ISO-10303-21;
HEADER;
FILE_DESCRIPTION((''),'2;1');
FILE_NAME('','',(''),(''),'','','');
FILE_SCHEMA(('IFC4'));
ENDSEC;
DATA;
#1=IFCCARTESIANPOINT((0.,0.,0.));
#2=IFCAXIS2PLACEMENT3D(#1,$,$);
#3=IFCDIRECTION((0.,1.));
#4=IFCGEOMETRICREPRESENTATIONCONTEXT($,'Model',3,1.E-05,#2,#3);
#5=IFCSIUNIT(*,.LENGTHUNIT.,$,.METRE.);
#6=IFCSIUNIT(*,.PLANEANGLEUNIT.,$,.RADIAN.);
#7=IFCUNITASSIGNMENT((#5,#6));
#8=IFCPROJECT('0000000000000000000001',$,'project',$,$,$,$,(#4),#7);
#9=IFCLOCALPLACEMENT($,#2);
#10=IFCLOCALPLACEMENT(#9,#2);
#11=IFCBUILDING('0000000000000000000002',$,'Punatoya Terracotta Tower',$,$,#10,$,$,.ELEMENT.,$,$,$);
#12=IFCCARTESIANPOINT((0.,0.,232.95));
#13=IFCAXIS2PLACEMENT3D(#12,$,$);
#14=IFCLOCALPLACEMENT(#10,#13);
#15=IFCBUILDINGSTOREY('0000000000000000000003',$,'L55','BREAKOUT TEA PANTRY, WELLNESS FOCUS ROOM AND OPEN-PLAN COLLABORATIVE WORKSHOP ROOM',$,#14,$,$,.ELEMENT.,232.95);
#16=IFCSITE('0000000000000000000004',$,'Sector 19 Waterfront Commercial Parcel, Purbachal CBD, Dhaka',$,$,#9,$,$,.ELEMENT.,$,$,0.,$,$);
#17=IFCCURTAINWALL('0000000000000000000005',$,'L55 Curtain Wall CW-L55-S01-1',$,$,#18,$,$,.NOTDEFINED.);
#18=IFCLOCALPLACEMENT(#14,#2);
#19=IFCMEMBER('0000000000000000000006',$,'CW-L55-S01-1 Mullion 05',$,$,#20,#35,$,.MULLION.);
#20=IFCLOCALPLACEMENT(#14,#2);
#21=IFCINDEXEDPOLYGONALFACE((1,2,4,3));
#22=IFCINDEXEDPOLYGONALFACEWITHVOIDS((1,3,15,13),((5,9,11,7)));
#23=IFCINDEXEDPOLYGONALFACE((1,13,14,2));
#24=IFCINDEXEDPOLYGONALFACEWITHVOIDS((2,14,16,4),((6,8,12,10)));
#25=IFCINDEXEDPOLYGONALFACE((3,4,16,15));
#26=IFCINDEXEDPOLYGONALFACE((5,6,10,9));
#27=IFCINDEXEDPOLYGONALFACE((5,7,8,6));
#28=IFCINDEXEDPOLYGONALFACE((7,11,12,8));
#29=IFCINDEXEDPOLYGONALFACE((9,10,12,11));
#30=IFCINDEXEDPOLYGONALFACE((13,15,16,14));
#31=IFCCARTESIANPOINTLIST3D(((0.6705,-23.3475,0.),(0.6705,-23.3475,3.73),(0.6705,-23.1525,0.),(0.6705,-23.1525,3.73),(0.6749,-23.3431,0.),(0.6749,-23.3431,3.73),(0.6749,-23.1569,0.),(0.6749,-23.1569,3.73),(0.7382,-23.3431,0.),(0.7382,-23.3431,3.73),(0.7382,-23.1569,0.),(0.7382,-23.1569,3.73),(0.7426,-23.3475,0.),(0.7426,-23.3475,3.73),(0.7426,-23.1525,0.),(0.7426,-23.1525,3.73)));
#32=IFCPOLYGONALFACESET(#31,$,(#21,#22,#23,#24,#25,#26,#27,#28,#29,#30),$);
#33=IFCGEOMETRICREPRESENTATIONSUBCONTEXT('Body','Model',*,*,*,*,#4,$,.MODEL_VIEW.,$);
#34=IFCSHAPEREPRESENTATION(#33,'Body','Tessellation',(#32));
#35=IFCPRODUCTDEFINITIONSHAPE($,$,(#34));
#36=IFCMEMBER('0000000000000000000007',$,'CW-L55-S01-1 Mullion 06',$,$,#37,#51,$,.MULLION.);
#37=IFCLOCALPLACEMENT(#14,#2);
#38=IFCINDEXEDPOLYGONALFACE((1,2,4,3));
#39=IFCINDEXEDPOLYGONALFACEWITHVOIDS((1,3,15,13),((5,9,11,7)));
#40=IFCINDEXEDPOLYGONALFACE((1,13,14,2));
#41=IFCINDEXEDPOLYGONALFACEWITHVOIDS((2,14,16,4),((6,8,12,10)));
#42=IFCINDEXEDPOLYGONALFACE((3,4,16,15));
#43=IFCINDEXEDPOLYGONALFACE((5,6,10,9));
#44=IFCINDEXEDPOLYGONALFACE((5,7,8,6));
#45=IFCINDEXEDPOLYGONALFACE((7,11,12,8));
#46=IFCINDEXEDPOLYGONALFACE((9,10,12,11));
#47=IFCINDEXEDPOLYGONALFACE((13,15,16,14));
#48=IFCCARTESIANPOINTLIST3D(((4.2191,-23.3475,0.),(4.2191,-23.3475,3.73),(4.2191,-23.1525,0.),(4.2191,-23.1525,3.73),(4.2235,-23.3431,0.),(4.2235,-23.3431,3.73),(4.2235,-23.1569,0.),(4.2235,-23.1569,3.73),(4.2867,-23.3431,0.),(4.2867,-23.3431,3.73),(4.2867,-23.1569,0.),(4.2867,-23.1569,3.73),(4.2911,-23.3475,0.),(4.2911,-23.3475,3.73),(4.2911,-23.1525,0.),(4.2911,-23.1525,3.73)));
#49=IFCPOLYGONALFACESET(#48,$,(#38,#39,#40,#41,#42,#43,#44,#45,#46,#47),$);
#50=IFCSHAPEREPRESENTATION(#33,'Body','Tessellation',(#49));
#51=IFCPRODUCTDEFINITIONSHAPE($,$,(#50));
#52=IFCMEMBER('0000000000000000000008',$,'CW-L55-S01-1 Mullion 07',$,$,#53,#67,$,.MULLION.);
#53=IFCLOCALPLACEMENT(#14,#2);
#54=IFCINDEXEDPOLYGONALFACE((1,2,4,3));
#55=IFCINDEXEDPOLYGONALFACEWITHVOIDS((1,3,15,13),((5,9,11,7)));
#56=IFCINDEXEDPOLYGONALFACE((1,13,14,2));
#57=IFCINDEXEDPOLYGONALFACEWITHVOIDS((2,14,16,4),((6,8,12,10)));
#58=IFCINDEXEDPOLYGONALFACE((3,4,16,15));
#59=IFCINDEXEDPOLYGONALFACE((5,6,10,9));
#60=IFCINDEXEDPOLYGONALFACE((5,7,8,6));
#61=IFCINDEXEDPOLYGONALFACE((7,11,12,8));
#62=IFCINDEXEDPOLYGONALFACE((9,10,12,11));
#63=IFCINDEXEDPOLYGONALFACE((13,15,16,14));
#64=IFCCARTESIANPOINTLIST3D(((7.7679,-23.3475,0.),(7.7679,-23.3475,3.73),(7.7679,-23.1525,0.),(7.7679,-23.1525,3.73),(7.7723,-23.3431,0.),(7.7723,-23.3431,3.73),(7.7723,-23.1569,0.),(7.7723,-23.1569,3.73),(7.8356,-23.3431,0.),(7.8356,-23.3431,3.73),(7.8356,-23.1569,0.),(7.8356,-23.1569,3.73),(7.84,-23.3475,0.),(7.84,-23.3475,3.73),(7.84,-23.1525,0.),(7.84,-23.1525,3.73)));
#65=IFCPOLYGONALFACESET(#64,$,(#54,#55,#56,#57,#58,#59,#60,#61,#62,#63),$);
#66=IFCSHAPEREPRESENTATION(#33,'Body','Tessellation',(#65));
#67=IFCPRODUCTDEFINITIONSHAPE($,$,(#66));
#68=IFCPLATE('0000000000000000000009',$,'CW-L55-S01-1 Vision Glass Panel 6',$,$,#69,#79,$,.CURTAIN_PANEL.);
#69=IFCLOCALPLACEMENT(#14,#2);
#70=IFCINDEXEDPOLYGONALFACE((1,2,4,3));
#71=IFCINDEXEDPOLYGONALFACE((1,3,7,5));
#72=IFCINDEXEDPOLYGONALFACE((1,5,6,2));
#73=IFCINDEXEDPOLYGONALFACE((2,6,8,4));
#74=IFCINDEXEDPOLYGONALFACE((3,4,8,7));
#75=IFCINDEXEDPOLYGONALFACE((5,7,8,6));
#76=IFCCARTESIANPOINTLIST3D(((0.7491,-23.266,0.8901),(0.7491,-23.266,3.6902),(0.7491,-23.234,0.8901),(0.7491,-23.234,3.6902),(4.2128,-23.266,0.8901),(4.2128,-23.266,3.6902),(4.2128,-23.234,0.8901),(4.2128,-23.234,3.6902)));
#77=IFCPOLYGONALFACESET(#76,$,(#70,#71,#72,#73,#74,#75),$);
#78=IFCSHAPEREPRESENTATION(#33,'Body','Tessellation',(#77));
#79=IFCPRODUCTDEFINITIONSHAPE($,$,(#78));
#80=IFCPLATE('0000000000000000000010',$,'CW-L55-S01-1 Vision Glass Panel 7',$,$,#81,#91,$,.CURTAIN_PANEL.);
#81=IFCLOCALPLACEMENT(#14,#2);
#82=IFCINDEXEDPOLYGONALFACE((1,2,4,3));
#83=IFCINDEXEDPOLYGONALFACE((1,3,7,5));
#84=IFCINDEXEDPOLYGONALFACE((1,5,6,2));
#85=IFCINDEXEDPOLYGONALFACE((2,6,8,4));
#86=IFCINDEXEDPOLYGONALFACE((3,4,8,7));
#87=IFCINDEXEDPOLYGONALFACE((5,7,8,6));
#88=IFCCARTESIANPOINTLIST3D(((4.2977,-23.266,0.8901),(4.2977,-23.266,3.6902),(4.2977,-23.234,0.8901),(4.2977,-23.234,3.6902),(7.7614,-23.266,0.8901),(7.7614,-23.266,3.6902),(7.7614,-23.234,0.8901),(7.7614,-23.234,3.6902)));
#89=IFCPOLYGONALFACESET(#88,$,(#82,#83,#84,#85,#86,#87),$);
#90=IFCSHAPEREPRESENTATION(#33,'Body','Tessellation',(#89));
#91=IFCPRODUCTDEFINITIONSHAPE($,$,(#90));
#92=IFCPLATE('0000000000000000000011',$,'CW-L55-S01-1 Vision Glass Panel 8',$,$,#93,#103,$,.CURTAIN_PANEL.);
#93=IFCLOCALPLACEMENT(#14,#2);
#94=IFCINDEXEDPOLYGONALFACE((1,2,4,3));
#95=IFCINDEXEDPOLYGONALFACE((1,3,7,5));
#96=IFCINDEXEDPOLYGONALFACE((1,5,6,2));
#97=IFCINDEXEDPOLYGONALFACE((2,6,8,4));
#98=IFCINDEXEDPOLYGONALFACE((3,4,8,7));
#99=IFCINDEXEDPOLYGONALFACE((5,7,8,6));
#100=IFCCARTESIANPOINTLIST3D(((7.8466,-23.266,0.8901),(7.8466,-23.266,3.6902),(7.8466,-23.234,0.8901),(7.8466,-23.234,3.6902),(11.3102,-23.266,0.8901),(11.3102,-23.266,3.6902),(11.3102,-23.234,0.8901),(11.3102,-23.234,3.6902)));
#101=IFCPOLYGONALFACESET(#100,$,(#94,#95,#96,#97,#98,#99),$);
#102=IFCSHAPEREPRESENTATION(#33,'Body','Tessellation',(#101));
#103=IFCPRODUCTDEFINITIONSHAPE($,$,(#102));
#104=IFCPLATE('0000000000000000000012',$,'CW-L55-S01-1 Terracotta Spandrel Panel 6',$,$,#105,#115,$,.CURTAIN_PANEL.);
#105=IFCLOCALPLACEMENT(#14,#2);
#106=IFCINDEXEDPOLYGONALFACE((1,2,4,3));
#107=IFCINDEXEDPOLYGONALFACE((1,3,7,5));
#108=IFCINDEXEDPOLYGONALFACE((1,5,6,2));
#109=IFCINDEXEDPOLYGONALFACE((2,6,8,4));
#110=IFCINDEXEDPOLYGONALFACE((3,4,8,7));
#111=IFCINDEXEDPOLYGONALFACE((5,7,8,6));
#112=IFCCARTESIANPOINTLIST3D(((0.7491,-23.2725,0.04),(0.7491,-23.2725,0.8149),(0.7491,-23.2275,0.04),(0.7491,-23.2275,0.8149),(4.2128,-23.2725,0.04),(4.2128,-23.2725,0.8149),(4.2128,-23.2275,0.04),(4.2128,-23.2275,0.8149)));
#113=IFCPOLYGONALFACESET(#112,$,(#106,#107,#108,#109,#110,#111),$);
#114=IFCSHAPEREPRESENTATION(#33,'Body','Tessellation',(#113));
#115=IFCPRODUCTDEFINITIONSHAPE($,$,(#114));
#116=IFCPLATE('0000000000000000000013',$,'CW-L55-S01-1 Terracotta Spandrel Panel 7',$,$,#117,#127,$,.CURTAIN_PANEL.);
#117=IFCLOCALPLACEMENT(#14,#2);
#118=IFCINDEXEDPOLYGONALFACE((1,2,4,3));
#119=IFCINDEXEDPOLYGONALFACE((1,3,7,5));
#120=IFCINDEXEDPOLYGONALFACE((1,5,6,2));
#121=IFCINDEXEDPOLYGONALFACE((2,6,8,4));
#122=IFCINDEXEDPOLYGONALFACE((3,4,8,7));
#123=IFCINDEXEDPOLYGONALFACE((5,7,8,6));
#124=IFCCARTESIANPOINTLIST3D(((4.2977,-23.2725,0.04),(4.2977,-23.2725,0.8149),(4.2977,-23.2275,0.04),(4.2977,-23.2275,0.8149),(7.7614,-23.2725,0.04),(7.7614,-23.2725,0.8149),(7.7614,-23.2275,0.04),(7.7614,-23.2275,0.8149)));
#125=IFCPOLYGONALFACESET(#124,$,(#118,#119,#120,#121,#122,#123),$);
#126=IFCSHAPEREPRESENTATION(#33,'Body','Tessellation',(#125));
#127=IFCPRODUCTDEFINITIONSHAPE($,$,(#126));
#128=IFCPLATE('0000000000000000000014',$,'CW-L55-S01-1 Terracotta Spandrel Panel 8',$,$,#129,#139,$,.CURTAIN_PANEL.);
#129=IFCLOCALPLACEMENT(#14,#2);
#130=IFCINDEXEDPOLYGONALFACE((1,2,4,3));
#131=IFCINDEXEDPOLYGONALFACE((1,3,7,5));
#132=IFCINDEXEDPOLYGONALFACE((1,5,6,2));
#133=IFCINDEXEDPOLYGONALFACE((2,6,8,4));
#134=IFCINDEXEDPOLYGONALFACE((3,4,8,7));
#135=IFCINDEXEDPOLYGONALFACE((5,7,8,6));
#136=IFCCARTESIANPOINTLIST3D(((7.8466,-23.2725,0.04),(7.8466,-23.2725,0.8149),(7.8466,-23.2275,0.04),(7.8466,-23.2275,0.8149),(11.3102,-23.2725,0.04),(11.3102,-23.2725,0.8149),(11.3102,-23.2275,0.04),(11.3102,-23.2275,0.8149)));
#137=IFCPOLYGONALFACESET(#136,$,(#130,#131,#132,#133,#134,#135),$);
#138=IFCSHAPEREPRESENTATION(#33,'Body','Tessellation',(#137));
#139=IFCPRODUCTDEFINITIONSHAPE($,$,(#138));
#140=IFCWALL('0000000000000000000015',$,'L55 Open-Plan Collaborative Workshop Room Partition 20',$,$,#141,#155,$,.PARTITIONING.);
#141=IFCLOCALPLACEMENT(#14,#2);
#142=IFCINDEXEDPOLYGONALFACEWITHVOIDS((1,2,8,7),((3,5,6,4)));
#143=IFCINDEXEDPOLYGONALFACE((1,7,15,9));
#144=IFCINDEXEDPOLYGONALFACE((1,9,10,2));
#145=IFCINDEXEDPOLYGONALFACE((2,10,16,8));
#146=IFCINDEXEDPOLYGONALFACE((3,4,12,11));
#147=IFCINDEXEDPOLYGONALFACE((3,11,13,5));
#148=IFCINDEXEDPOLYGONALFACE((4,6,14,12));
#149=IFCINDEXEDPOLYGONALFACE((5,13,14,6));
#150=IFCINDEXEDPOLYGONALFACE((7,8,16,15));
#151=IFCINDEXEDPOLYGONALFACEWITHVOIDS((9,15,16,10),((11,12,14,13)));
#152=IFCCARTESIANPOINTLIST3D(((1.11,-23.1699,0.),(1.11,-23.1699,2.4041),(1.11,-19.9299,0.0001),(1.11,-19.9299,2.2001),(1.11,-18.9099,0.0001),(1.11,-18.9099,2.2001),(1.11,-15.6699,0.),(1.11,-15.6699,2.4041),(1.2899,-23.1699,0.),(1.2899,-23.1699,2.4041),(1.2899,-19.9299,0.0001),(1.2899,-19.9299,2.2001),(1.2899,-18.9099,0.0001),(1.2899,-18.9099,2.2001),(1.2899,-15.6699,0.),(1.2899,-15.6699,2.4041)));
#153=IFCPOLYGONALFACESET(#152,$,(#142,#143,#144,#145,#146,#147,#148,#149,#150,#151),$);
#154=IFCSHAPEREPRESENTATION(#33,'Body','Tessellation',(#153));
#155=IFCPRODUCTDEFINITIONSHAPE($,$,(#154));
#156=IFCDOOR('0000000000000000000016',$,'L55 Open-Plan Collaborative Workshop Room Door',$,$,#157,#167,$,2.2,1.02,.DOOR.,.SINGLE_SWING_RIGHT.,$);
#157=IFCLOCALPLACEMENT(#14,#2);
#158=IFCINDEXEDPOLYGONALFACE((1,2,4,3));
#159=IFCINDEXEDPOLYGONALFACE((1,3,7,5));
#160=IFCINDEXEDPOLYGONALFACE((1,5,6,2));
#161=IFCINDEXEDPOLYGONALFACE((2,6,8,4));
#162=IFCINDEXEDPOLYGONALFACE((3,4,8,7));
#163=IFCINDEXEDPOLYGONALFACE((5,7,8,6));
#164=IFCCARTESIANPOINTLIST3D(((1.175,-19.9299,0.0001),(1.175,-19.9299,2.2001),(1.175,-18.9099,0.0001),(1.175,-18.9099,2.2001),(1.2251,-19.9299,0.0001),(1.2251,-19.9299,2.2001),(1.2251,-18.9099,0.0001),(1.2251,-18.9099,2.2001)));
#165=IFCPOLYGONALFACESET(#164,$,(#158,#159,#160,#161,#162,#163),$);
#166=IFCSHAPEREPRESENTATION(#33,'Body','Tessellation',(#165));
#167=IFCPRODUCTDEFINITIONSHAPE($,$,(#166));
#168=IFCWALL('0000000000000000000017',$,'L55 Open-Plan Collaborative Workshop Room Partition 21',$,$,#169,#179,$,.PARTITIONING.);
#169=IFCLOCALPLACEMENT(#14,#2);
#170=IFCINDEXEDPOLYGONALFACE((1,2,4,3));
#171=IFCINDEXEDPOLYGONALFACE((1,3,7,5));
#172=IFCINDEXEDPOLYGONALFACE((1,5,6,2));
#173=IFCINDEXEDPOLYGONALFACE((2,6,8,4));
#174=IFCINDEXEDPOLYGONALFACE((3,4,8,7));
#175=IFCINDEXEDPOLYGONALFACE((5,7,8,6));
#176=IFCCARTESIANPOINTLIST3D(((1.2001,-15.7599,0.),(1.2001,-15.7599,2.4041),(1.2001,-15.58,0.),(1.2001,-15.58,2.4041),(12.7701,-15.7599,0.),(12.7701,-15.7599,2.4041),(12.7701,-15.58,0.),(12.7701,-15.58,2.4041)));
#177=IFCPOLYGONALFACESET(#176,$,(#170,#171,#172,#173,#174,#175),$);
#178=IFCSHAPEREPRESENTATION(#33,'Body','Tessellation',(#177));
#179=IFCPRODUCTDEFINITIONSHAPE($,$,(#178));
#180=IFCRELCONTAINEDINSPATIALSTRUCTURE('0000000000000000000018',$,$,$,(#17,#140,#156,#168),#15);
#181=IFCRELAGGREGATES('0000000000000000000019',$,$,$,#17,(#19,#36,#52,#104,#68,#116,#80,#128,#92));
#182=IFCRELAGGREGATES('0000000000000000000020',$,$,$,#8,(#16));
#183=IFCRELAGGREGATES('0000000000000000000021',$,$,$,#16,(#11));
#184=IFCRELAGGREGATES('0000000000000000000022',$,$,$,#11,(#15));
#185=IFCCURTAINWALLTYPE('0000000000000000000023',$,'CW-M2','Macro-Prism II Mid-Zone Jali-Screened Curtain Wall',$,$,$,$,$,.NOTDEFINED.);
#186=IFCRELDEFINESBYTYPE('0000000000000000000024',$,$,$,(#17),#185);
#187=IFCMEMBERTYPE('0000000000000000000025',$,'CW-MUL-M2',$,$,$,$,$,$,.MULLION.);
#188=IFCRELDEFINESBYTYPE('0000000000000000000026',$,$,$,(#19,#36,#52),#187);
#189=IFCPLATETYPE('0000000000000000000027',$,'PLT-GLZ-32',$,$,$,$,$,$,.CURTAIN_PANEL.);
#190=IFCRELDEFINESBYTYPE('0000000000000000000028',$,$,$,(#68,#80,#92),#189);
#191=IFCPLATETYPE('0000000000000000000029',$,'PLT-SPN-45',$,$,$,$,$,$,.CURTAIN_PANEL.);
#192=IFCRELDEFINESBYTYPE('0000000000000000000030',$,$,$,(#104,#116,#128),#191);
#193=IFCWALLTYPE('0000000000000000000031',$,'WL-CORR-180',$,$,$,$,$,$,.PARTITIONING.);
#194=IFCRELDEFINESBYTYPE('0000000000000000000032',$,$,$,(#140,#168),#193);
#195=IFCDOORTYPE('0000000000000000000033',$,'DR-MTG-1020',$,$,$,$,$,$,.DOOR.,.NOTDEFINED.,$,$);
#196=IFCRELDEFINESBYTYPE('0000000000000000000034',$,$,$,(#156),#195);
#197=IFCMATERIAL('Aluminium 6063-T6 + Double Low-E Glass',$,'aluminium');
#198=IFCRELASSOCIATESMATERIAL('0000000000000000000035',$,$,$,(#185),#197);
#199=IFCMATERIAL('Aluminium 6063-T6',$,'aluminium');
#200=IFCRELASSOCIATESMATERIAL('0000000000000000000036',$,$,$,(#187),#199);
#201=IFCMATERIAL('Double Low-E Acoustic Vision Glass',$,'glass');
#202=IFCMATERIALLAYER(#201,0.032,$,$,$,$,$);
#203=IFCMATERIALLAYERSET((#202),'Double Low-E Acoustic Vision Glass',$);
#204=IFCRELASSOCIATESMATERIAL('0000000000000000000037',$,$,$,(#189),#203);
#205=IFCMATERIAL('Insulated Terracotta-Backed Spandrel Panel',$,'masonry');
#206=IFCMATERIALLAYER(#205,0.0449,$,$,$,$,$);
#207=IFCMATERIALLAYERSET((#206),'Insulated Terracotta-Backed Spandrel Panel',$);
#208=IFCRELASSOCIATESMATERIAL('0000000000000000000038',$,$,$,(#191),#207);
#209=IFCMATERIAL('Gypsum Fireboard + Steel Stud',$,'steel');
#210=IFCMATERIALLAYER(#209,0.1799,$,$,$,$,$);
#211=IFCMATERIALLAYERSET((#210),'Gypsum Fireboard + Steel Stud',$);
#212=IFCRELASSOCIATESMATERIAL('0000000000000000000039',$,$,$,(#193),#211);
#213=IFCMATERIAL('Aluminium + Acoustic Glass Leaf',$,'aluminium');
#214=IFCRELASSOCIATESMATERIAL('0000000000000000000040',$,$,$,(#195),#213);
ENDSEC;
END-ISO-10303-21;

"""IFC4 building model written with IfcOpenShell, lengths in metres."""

from ifc_helpers import new_model, si_unit, direction, frame, frame_2d, origin, origin_2d, place, context, subcontext, project, spatial, rectangle, hollow_rectangle, extrude, material, layer, layer_set, material_profile, profile_set, type_object, element, fill, aggregate, save


model = new_model("IFC4")

# Units and contexts
model_context = context("Model", 3, precision=1e-05, world=origin(), true_north=direction((0.0, 1.0)))
body_context = subcontext(model_context, "Body", "Model", "MODEL_VIEW")
ifc_project = project(units=[si_unit("LENGTHUNIT", "METRE"), si_unit("PLANEANGLEUNIT", "RADIAN")], contexts=[model_context])

# Site, building, storey
site_placement = place(None, origin())
site = spatial("IfcSite", under=ifc_project, at=site_placement, Name="Sector 19 Waterfront Commercial Parcel, Purbachal CBD, Dhaka", CompositionType="ELEMENT", RefElevation=0.0)
building_placement = place(site_placement, origin())
building = spatial("IfcBuilding", under=site, at=building_placement, Name="Punatoya Terracotta Tower", CompositionType="ELEMENT")
storey_placement = place(building_placement, frame((0.0, 0.0, 232.95)))
storey = spatial("IfcBuildingStorey", under=building, at=storey_placement, Name="L55", Description="BREAKOUT TEA PANTRY, WELLNESS FOCUS ROOM AND OPEN-PLAN COLLABORATIVE WORKSHOP ROOM", CompositionType="ELEMENT", Elevation=232.95)

# Curtain wall, members, plates
ifc_material_1 = material(Name="Aluminium 6063-T6 + Double Low-E Glass", Category="aluminium")
curtain_wall_type = type_object("IfcCurtainWallType", Name="CW-M2", Description="Macro-Prism II Mid-Zone Jali-Screened Curtain Wall", PredefinedType="NOTDEFINED", material=ifc_material_1)
curtain_wall_placement = place(storey_placement, origin())
curtain_wall = element("IfcCurtainWall", 1, at=curtain_wall_placement, inside=storey, type_object=curtain_wall_type, Name="L55 Curtain Wall CW-L55-S01-1", PredefinedType="NOTDEFINED")
ifc_material_2 = material(Name="Aluminium 6063-T6", Category="aluminium")
ifc_material_profile_1 = material_profile(ifc_material_2, hollow_rectangle(XDim=0.072, YDim=0.1951, WallThickness=0.0044, at=origin_2d()))
ifc_profile_set_1 = profile_set([ifc_material_profile_1], Name="Aluminium 6063-T6")
member_type = type_object("IfcMemberType", Name="CW-MUL-M2", PredefinedType="MULLION", material=ifc_profile_set_1)
member_1_placement = place(storey_placement, frame((0.7065, -23.25, 0.0), z_axis=(0.0, 0.0, 1.0), x_axis=(1.0, 0.0, 0.0)))
member_1 = element("IfcMember", 2, at=member_1_placement, type_object=member_type, Name="CW-L55-S01-1 Mullion 05", PredefinedType="MULLION", context=body_context, shape_type="SweptSolid", body=[
    extrude(hollow_rectangle(XDim=0.072, YDim=0.1951, WallThickness=0.0044, at=origin_2d()), origin(), (0.0, 0.0, 1.0), 3.73),
])
member_2_placement = place(storey_placement, frame((4.2551, -23.25, 0.0), z_axis=(0.0, 0.0, 1.0), x_axis=(1.0, 0.0, 0.0)))
member_2 = element("IfcMember", 3, at=member_2_placement, type_object=member_type, Name="CW-L55-S01-1 Mullion 06", PredefinedType="MULLION", context=body_context, shape_type="SweptSolid", body=[
    extrude(hollow_rectangle(XDim=0.072, YDim=0.1951, WallThickness=0.0044, at=origin_2d()), origin(), (0.0, 0.0, 1.0), 3.73),
])
member_3_placement = place(storey_placement, frame((7.804, -23.25, 0.0), z_axis=(0.0, 0.0, 1.0), x_axis=(1.0, 0.0, 0.0)))
member_3 = element("IfcMember", 4, at=member_3_placement, type_object=member_type, Name="CW-L55-S01-1 Mullion 07", PredefinedType="MULLION", context=body_context, shape_type="SweptSolid", body=[
    extrude(hollow_rectangle(XDim=0.072, YDim=0.1951, WallThickness=0.0044, at=origin_2d()), origin(), (0.0, 0.0, 1.0), 3.73),
])
ifc_material_3 = material(Name="Double Low-E Acoustic Vision Glass", Category="glass")
ifc_layer_1 = layer(ifc_material_3, 0.032)
ifc_layer_set_1 = layer_set([ifc_layer_1], Name="Double Low-E Acoustic Vision Glass")
plate_type_1 = type_object("IfcPlateType", Name="PLT-GLZ-32", PredefinedType="CURTAIN_PANEL", material=ifc_layer_set_1)
plate_1_placement = place(storey_placement, frame((2.481, -23.25, 0.8901), z_axis=(0.0, 0.0, 1.0), x_axis=(1.0, 0.0, 0.0)))
plate_1 = element("IfcPlate", 5, at=plate_1_placement, type_object=plate_type_1, Name="CW-L55-S01-1 Vision Glass Panel 6", PredefinedType="CURTAIN_PANEL", context=body_context, shape_type="SweptSolid", body=[
    extrude(rectangle(XDim=3.4636, YDim=0.032, at=origin_2d()), origin(), (0.0, 0.0, 1.0), 2.8),
])
plate_2_placement = place(storey_placement, frame((6.0295, -23.25, 0.8901), z_axis=(0.0, 0.0, 1.0), x_axis=(1.0, 0.0, 0.0)))
plate_2 = element("IfcPlate", 6, at=plate_2_placement, type_object=plate_type_1, Name="CW-L55-S01-1 Vision Glass Panel 7", PredefinedType="CURTAIN_PANEL", context=body_context, shape_type="SweptSolid", body=[
    extrude(rectangle(XDim=3.4636, YDim=0.032, at=origin_2d()), origin(), (0.0, 0.0, 1.0), 2.8),
])
plate_3_placement = place(storey_placement, frame((9.5784, -23.25, 0.8901), z_axis=(0.0, 0.0, 1.0), x_axis=(1.0, 0.0, 0.0)))
plate_3 = element("IfcPlate", 7, at=plate_3_placement, type_object=plate_type_1, Name="CW-L55-S01-1 Vision Glass Panel 8", PredefinedType="CURTAIN_PANEL", context=body_context, shape_type="SweptSolid", body=[
    extrude(rectangle(XDim=3.4636, YDim=0.032, at=origin_2d()), origin(), (0.0, 0.0, 1.0), 2.8),
])
ifc_material_4 = material(Name="Insulated Terracotta-Backed Spandrel Panel", Category="masonry")
ifc_layer_2 = layer(ifc_material_4, 0.0449)
ifc_layer_set_2 = layer_set([ifc_layer_2], Name="Insulated Terracotta-Backed Spandrel Panel")
plate_type_2 = type_object("IfcPlateType", Name="PLT-SPN-45", PredefinedType="CURTAIN_PANEL", material=ifc_layer_set_2)
plate_4_placement = place(storey_placement, frame((2.481, -23.25, 0.04), z_axis=(0.0, 0.0, 1.0), x_axis=(1.0, 0.0, 0.0)))
plate_4 = element("IfcPlate", 8, at=plate_4_placement, type_object=plate_type_2, Name="CW-L55-S01-1 Terracotta Spandrel Panel 6", PredefinedType="CURTAIN_PANEL", context=body_context, shape_type="SweptSolid", body=[
    extrude(rectangle(XDim=3.4636, YDim=0.0449, at=origin_2d()), origin(), (0.0, 0.0, 1.0), 0.7749),
])
plate_5_placement = place(storey_placement, frame((6.0295, -23.25, 0.04), z_axis=(0.0, 0.0, 1.0), x_axis=(1.0, 0.0, 0.0)))
plate_5 = element("IfcPlate", 9, at=plate_5_placement, type_object=plate_type_2, Name="CW-L55-S01-1 Terracotta Spandrel Panel 7", PredefinedType="CURTAIN_PANEL", context=body_context, shape_type="SweptSolid", body=[
    extrude(rectangle(XDim=3.4636, YDim=0.0449, at=origin_2d()), origin(), (0.0, 0.0, 1.0), 0.7749),
])
plate_6_placement = place(storey_placement, frame((9.5784, -23.25, 0.04), z_axis=(0.0, 0.0, 1.0), x_axis=(1.0, 0.0, 0.0)))
plate_6 = element("IfcPlate", 10, at=plate_6_placement, type_object=plate_type_2, Name="CW-L55-S01-1 Terracotta Spandrel Panel 8", PredefinedType="CURTAIN_PANEL", context=body_context, shape_type="SweptSolid", body=[
    extrude(rectangle(XDim=3.4636, YDim=0.0449, at=origin_2d()), origin(), (0.0, 0.0, 1.0), 0.7749),
])
aggregate(curtain_wall, [member_1, member_2, member_3, plate_4, plate_1, plate_5, plate_2, plate_6, plate_3])

# Wall, opening, door
ifc_material_5 = material(Name="Gypsum Fireboard + Steel Stud", Category="steel")
ifc_layer_3 = layer(ifc_material_5, 0.1799)
ifc_layer_set_3 = layer_set([ifc_layer_3], Name="Gypsum Fireboard + Steel Stud")
wall_type = type_object("IfcWallType", Name="WL-CORR-180", PredefinedType="PARTITIONING", material=ifc_layer_set_3)
wall_1_placement = place(storey_placement, frame((1.2, -23.1699, 0.0), z_axis=(0.0, 0.0, 1.0), x_axis=(0.0, 1.0, 0.0)))
wall_1 = element("IfcWall", 11, at=wall_1_placement, inside=storey, type_object=wall_type, Name="L55 Open-Plan Collaborative Workshop Room Partition 20", PredefinedType="PARTITIONING", context=body_context, shape_type="SweptSolid", body=[
    extrude(rectangle(XDim=7.5, YDim=0.1799, at=frame_2d((3.75, 0.0))), origin(), (0.0, 0.0, 1.0), 2.4041),
])
opening_placement = place(wall_1_placement, frame((3.24, 0.0, 0.0)))
opening = element("IfcOpeningElement", 12, at=opening_placement, cuts=wall_1, PredefinedType="OPENING", context=body_context, shape_type="SweptSolid", body=[
    extrude(rectangle(XDim=1.02, YDim=2.2, at=frame_2d((0.51, 1.1001))), frame((0.0, 0.0999, 0.0), z_axis=(0.0, -1.0, 0.0), x_axis=(1.0, 0.0, 0.0)), (0.0, 0.0, 1.0), 0.2),
])
ifc_material_6 = material(Name="Aluminium + Acoustic Glass Leaf", Category="aluminium")
door_type = type_object("IfcDoorType", Name="DR-MTG-1020", OperationType="NOTDEFINED", PredefinedType="DOOR", material=ifc_material_6)
door_placement = place(opening_placement, origin())
door = element("IfcDoor", 13, at=door_placement, inside=storey, type_object=door_type, Name="L55 Open-Plan Collaborative Workshop Room Door", OperationType="SINGLE_SWING_RIGHT", OverallHeight=2.2, OverallWidth=1.02, PredefinedType="DOOR", context=body_context, shape_type="SweptSolid", body=[
    extrude(rectangle(XDim=1.02, YDim=2.2, at=frame_2d((0.51, 1.1001))), frame((0.0, 0.0249, 0.0), z_axis=(0.0, -1.0, 0.0), x_axis=(1.0, 0.0, 0.0)), (0.0, 0.0, 1.0), 0.05),
])
fill(opening, door)

# Wall
wall_2_placement = place(storey_placement, frame((1.2, -15.6699, 0.0), z_axis=(0.0, 0.0, 1.0), x_axis=(1.0, 0.0, 0.0)))
element("IfcWall", 14, at=wall_2_placement, inside=storey, type_object=wall_type, Name="L55 Open-Plan Collaborative Workshop Room Partition 21", PredefinedType="PARTITIONING", context=body_context, shape_type="SweptSolid", body=[
    extrude(rectangle(XDim=11.5701, YDim=0.1799, at=frame_2d((5.7852, 0.0))), origin(), (0.0, 0.0, 1.0), 2.4041),
])

save(model, "model.ifc")
